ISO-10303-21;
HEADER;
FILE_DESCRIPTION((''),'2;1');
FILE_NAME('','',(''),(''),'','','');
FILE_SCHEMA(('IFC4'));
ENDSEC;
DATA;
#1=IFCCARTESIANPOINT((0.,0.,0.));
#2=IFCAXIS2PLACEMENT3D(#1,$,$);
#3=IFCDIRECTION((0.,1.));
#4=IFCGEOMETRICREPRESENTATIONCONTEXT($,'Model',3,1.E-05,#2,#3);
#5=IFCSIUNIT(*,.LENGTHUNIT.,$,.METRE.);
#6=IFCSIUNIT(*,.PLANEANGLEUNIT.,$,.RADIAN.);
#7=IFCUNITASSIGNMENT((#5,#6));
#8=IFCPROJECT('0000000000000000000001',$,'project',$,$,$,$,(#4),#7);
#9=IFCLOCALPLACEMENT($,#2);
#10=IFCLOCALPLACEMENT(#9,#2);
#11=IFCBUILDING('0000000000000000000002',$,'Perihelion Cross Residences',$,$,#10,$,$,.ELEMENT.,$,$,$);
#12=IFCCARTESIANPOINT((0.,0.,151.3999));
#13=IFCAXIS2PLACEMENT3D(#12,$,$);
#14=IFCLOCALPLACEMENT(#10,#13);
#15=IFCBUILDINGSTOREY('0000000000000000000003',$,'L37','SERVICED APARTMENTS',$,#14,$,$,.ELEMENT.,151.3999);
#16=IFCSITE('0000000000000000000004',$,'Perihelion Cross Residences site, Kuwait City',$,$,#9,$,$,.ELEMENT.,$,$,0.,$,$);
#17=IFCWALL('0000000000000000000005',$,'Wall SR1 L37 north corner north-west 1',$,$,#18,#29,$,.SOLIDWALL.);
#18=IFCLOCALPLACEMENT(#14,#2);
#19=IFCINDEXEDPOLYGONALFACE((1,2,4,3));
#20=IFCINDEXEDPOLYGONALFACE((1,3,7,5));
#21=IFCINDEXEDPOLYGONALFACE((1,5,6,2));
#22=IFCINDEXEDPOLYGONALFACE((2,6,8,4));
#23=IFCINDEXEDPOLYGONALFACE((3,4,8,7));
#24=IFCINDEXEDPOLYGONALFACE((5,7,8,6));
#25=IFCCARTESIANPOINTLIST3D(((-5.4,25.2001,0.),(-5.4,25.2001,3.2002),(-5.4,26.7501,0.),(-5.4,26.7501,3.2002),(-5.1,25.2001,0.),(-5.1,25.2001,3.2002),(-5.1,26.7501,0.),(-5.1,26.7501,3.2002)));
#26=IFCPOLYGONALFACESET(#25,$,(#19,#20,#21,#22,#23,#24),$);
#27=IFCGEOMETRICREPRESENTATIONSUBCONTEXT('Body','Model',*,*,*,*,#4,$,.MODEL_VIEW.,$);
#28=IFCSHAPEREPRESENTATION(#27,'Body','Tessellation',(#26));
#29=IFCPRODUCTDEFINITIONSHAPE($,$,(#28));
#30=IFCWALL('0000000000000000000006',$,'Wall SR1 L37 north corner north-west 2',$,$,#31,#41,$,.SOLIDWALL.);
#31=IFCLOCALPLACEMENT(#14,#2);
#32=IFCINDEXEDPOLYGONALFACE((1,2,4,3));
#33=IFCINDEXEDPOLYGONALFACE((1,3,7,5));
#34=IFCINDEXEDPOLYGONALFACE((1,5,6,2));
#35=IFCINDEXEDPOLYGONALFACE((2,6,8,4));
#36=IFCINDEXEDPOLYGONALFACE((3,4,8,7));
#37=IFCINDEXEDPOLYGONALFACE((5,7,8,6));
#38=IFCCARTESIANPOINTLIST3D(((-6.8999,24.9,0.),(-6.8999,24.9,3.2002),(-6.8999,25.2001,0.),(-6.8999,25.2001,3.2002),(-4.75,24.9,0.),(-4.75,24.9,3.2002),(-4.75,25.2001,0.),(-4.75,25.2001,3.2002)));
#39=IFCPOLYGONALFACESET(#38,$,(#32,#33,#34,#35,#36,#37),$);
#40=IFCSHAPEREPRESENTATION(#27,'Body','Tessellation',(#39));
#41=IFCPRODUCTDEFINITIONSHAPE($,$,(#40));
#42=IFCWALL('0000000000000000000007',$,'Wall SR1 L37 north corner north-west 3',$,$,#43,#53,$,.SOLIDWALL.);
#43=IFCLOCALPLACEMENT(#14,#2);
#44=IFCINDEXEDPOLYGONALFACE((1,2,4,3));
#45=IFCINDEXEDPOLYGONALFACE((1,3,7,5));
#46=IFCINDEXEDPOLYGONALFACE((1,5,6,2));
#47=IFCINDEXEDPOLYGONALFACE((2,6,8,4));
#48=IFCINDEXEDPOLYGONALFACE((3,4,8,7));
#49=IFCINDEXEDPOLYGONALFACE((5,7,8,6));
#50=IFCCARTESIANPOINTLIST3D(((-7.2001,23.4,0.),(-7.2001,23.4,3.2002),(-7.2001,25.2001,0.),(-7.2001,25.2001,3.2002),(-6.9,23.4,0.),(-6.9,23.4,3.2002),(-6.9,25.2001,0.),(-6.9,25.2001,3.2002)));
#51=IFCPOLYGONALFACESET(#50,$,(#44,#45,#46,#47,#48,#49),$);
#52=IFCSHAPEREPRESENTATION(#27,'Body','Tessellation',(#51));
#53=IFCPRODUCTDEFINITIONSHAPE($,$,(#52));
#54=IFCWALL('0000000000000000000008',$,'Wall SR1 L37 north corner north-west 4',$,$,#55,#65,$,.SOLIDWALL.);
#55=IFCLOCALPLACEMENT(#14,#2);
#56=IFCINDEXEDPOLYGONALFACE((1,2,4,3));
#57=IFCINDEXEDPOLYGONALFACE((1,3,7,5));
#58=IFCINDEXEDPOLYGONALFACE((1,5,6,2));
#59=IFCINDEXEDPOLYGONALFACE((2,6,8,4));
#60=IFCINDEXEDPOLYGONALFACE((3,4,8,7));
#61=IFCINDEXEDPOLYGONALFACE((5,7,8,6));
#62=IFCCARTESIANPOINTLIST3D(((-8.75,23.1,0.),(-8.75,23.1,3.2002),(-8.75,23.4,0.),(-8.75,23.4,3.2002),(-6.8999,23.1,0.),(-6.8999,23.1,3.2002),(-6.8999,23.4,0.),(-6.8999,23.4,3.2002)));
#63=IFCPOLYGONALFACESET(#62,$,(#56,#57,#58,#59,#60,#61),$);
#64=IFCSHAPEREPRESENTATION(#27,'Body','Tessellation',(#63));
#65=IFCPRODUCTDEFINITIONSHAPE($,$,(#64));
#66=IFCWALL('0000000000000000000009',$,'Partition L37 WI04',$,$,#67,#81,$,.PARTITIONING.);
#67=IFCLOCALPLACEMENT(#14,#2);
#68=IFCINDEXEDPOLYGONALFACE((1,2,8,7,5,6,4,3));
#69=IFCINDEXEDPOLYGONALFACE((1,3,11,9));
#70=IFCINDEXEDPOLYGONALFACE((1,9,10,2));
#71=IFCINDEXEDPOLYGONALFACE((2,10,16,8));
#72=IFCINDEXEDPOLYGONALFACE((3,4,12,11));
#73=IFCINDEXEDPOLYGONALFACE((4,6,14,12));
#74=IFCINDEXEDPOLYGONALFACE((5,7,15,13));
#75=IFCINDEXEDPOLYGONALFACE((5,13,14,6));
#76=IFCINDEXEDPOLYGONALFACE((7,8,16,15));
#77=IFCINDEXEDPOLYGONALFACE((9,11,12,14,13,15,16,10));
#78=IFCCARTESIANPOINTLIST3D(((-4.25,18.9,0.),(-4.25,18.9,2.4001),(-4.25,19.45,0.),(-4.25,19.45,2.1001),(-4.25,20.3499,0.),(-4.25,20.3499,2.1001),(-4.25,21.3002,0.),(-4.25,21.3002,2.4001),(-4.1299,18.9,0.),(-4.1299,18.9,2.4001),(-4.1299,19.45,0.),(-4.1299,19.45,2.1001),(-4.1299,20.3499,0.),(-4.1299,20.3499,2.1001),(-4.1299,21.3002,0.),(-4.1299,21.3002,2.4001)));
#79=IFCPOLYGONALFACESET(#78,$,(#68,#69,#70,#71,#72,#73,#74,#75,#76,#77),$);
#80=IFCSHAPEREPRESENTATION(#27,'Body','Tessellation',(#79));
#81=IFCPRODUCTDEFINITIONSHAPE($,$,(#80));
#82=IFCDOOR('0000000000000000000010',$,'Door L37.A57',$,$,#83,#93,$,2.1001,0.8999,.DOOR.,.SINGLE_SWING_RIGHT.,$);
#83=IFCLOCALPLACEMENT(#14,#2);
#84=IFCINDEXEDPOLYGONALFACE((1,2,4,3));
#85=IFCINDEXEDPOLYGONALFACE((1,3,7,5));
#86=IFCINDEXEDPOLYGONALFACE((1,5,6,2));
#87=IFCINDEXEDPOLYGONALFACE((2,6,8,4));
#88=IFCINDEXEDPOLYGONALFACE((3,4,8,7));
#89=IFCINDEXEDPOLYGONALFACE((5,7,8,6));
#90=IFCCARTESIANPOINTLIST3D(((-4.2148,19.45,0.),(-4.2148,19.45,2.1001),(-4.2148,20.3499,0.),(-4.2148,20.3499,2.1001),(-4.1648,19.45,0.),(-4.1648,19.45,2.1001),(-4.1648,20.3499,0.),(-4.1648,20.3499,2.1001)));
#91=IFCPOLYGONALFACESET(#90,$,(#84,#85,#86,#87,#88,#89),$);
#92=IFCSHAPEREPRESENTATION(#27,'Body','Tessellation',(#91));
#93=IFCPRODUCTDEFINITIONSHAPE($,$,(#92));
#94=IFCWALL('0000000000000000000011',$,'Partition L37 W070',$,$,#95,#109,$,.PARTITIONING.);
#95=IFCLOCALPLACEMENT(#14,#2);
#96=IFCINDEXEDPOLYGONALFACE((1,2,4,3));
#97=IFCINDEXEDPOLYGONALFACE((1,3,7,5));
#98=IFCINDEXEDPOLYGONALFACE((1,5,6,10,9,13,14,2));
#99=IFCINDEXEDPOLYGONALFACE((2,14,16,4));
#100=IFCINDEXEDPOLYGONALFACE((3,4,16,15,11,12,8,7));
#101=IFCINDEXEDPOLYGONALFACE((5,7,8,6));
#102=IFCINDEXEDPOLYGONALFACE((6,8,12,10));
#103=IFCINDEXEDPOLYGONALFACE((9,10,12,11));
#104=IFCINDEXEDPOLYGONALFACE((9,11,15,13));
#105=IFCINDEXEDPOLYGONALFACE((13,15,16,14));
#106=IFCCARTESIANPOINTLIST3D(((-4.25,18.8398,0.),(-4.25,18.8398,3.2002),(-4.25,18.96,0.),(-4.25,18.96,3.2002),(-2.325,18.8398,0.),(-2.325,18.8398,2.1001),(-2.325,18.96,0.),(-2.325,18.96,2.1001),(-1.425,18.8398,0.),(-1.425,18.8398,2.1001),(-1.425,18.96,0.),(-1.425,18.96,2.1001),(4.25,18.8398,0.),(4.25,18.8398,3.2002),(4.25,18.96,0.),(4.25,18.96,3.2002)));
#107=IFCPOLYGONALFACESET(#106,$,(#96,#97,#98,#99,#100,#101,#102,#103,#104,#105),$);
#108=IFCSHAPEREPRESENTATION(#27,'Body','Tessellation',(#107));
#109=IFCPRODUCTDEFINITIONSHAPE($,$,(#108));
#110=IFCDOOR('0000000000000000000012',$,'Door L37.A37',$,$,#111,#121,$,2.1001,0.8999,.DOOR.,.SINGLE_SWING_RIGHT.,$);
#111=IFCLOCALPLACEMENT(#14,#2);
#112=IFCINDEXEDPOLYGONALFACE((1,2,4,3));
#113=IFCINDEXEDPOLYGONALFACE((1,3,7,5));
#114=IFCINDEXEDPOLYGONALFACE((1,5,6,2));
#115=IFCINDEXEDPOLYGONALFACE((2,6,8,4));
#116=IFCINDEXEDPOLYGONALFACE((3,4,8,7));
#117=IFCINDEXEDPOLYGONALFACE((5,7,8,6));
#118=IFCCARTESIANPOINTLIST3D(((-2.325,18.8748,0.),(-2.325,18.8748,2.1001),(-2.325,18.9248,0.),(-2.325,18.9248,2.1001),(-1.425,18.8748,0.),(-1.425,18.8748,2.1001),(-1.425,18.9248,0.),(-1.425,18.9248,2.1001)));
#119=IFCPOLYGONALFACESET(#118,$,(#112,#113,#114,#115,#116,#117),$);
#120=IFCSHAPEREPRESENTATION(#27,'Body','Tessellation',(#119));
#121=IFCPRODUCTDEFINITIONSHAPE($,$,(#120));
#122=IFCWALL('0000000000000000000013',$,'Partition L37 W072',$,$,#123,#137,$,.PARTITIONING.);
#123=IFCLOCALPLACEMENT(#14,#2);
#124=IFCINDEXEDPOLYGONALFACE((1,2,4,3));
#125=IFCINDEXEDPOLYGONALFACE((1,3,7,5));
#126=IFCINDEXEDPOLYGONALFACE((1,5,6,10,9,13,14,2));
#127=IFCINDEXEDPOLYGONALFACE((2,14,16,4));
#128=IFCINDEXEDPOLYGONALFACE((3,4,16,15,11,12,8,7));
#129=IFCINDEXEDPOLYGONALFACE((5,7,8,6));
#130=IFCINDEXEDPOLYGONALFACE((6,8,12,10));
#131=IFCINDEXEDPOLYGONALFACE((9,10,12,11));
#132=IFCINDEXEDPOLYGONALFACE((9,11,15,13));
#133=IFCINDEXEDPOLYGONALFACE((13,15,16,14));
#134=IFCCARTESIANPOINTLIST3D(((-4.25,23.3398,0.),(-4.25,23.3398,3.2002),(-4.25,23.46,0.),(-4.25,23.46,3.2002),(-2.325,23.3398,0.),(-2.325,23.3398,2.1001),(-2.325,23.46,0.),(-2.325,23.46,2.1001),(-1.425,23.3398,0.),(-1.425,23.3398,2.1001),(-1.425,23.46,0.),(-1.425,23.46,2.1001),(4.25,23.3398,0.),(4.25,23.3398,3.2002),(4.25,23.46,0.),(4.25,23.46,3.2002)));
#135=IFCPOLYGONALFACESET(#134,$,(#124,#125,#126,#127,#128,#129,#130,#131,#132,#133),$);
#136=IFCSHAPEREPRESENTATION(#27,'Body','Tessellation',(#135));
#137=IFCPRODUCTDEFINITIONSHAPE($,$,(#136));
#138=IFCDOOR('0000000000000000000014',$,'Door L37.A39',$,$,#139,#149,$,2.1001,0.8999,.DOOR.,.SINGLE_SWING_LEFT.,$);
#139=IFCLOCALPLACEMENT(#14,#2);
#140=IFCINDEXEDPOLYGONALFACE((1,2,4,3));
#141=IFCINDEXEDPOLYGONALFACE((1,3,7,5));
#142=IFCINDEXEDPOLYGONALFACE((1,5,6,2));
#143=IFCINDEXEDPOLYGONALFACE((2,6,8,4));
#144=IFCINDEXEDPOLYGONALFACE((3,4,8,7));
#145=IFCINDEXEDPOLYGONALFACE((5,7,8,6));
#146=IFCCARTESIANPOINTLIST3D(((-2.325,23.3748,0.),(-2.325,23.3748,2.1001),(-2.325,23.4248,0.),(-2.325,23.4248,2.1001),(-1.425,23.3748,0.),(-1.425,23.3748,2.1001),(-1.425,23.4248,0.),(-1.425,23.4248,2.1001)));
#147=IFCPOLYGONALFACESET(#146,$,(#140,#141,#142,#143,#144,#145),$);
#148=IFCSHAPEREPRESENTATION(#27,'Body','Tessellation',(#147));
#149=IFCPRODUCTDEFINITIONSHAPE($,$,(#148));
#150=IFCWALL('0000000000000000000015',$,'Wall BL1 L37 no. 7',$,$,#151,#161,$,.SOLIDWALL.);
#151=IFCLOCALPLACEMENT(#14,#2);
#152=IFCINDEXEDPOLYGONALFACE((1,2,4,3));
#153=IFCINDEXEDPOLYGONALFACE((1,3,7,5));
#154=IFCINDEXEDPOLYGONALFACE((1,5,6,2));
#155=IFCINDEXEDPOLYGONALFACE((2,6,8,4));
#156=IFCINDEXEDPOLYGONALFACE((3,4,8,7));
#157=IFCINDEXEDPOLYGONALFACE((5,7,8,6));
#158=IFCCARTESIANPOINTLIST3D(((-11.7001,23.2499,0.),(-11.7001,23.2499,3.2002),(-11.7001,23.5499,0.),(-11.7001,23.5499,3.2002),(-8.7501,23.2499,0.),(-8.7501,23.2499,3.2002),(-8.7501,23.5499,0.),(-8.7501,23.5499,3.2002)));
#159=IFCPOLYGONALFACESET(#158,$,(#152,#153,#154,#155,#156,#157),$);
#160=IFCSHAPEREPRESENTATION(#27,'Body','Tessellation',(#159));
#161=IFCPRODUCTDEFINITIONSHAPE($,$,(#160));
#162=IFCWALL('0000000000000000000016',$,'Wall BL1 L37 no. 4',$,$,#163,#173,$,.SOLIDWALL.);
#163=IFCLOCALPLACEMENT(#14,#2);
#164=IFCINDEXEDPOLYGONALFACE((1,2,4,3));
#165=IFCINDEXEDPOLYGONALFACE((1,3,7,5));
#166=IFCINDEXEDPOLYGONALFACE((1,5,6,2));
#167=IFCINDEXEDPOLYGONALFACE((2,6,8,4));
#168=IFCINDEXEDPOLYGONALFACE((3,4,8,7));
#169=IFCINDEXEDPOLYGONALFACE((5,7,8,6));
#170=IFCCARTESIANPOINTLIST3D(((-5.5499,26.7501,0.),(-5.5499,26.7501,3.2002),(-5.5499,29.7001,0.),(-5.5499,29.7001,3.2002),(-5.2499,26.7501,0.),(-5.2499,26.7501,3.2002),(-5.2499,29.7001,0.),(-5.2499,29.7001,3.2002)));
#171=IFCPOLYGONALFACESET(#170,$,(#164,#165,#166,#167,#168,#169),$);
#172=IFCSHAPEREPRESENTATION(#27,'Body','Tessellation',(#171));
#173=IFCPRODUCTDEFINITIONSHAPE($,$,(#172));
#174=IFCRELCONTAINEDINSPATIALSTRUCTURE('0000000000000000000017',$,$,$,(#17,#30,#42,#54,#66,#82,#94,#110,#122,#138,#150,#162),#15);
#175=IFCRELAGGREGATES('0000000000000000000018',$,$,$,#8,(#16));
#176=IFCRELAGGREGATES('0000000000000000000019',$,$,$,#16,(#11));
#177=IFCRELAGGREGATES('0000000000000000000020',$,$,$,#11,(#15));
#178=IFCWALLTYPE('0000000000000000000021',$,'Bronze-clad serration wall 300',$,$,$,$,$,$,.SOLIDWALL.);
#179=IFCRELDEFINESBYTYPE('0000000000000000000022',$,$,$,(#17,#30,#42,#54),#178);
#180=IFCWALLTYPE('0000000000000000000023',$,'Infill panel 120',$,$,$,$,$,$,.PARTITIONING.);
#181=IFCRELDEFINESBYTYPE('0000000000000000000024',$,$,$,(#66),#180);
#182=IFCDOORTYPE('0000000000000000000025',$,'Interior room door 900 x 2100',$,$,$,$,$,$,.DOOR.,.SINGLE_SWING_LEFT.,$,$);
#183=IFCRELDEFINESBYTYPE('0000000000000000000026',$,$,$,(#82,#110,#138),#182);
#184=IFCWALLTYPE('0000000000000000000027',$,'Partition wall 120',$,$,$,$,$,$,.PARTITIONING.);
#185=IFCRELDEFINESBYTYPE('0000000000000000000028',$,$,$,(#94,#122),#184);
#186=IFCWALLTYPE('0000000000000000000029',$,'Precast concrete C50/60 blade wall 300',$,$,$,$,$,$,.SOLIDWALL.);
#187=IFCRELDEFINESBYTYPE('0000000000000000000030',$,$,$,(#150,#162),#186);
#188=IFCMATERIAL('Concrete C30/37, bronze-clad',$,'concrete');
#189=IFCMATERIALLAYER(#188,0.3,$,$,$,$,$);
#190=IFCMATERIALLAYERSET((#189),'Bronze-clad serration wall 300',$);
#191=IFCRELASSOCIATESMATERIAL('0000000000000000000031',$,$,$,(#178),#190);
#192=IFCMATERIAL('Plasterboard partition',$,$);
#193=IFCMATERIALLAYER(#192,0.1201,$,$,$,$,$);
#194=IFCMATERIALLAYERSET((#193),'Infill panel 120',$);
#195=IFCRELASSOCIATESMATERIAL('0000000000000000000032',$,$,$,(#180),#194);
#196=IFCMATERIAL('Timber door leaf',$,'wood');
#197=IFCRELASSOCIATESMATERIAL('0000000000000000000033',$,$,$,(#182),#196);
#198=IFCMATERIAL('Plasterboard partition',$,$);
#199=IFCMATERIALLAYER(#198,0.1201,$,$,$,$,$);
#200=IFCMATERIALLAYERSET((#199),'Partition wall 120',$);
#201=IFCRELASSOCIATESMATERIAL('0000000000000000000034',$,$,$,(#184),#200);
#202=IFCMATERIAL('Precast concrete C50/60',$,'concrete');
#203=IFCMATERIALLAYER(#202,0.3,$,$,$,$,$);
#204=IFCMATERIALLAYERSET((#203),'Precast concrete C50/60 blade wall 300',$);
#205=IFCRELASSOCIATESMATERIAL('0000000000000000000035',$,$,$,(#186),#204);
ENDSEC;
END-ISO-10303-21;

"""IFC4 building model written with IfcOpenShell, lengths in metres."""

from ifc_helpers import new_model, si_unit, direction, frame, frame_2d, origin, place, context, subcontext, project, spatial, rectangle, extrude, material, layer, layer_set, type_object, element, fill, save


model = new_model("IFC4")

# Units and contexts
model_context = context("Model", 3, precision=1e-05, world=origin(), true_north=direction((0.0, 1.0)))
body_context = subcontext(model_context, "Body", "Model", "MODEL_VIEW")
ifc_project = project(units=[si_unit("LENGTHUNIT", "METRE"), si_unit("PLANEANGLEUNIT", "RADIAN")], contexts=[model_context])

# Site, building, storey
site_placement = place(None, origin())
site = spatial("IfcSite", under=ifc_project, at=site_placement, Name="Perihelion Cross Residences site, Kuwait City", CompositionType="ELEMENT", RefElevation=0.0)
building_placement = place(site_placement, origin())
building = spatial("IfcBuilding", under=site, at=building_placement, Name="Perihelion Cross Residences", CompositionType="ELEMENT")
storey_placement = place(building_placement, frame((0.0, 0.0, 151.3999)))
storey = spatial("IfcBuildingStorey", under=building, at=storey_placement, Name="L37", Description="SERVICED APARTMENTS", CompositionType="ELEMENT", Elevation=151.3999)

# Walls
ifc_material_1 = material(Name="Concrete C30/37, bronze-clad", Category="concrete")
ifc_layer_1 = layer(ifc_material_1, 0.3)
ifc_layer_set_1 = layer_set([ifc_layer_1], Name="Bronze-clad serration wall 300")
wall_type_1 = type_object("IfcWallType", Name="Bronze-clad serration wall 300", PredefinedType="SOLIDWALL", material=ifc_layer_set_1)
wall_1_placement = place(storey_placement, frame((-5.25, 26.75, 0.0), z_axis=(0.0, 0.0, 1.0), x_axis=(0.0, -1.0, 0.0)))
element("IfcWall", 1, at=wall_1_placement, inside=storey, type_object=wall_type_1, Name="Wall SR1 L37 north corner north-west 1", PredefinedType="SOLIDWALL", context=body_context, shape_type="SweptSolid", body=[
    extrude(rectangle(XDim=1.55, YDim=0.3, at=frame_2d((0.7749, 0.0))), origin(), (0.0, 0.0, 1.0), 3.2002),
])
wall_2_placement = place(storey_placement, frame((-4.75, 25.05, 0.0), z_axis=(0.0, 0.0, 1.0), x_axis=(-1.0, 0.0, 0.0)))
element("IfcWall", 2, at=wall_2_placement, inside=storey, type_object=wall_type_1, Name="Wall SR1 L37 north corner north-west 2", PredefinedType="SOLIDWALL", context=body_context, shape_type="SweptSolid", body=[
    extrude(rectangle(XDim=2.1499, YDim=0.3, at=frame_2d((1.075, 0.0))), origin(), (0.0, 0.0, 1.0), 3.2002),
])
wall_3_placement = place(storey_placement, frame((-7.05, 25.2, 0.0), z_axis=(0.0, 0.0, 1.0), x_axis=(0.0, -1.0, 0.0)))
element("IfcWall", 3, at=wall_3_placement, inside=storey, type_object=wall_type_1, Name="Wall SR1 L37 north corner north-west 3", PredefinedType="SOLIDWALL", context=body_context, shape_type="SweptSolid", body=[
    extrude(rectangle(XDim=1.8, YDim=0.3, at=frame_2d((0.8999, 0.0))), origin(), (0.0, 0.0, 1.0), 3.2002),
])
wall_4_placement = place(storey_placement, frame((-6.8999, 23.25, 0.0), z_axis=(0.0, 0.0, 1.0), x_axis=(-1.0, 0.0, 0.0)))
element("IfcWall", 4, at=wall_4_placement, inside=storey, type_object=wall_type_1, Name="Wall SR1 L37 north corner north-west 4", PredefinedType="SOLIDWALL", context=body_context, shape_type="SweptSolid", body=[
    extrude(rectangle(XDim=1.8501, YDim=0.3, at=frame_2d((0.925, 0.0))), origin(), (0.0, 0.0, 1.0), 3.2002),
])

# Walls, openings, doors
ifc_material_2 = material(Name="Plasterboard partition")
ifc_layer_2 = layer(ifc_material_2, 0.1201)
ifc_layer_set_2 = layer_set([ifc_layer_2], Name="Infill panel 120")
wall_type_2 = type_object("IfcWallType", Name="Infill panel 120", PredefinedType="PARTITIONING", material=ifc_layer_set_2)
wall_5_placement = place(storey_placement, frame((-4.1899, 18.8999, 0.0), z_axis=(0.0, 0.0, 1.0), x_axis=(0.0, 1.0, 0.0)))
wall_5 = element("IfcWall", 5, at=wall_5_placement, inside=storey, type_object=wall_type_2, Name="Partition L37 WI04", PredefinedType="PARTITIONING", context=body_context, shape_type="SweptSolid", body=[
    extrude(rectangle(XDim=2.4001, YDim=0.1201, at=frame_2d((1.2002, 0.0))), origin(), (0.0, 0.0, 1.0), 2.4001),
])
opening_1_placement = place(wall_5_placement, frame((0.55, 0.0, 0.0)))
opening_1 = element("IfcOpeningElement", 6, at=opening_1_placement, cuts=wall_5, PredefinedType="OPENING", context=body_context, shape_type="SweptSolid", body=[
    extrude(rectangle(XDim=0.8999, YDim=2.1001, at=frame_2d((0.45, 1.05))), frame((0.0, 0.0701, 0.0), z_axis=(0.0, -1.0, 0.0), x_axis=(1.0, 0.0, 0.0)), (0.0, 0.0, 1.0), 0.1401),
])
ifc_material_3 = material(Name="Timber door leaf", Category="wood")
door_type_1 = type_object("IfcDoorType", Name="Interior room door 900 x 2100", OperationType="SINGLE_SWING_LEFT", PredefinedType="DOOR", material=ifc_material_3)
door_1_placement = place(opening_1_placement, origin())
door_1 = element("IfcDoor", 7, at=door_1_placement, inside=storey, type_object=door_type_1, Name="Door L37.A57", OperationType="SINGLE_SWING_RIGHT", OverallHeight=2.1001, OverallWidth=0.8999, PredefinedType="DOOR", context=body_context, shape_type="SweptSolid", body=[
    extrude(rectangle(XDim=0.8999, YDim=2.1001, at=frame_2d((0.45, 1.05))), frame((0.0, 0.0249, 0.0), z_axis=(0.0, -1.0, 0.0), x_axis=(1.0, 0.0, 0.0)), (0.0, 0.0, 1.0), 0.05),
])
fill(opening_1, door_1)
ifc_material_4 = material(Name="Plasterboard partition")
ifc_layer_3 = layer(ifc_material_4, 0.1201)
ifc_layer_set_3 = layer_set([ifc_layer_3], Name="Partition wall 120")
wall_type_3 = type_object("IfcWallType", Name="Partition wall 120", PredefinedType="PARTITIONING", material=ifc_layer_set_3)
wall_6_placement = place(storey_placement, frame((-4.25, 18.8999, 0.0), z_axis=(0.0, 0.0, 1.0), x_axis=(1.0, 0.0, 0.0)))
wall_6 = element("IfcWall", 8, at=wall_6_placement, inside=storey, type_object=wall_type_3, Name="Partition L37 W070", PredefinedType="PARTITIONING", context=body_context, shape_type="SweptSolid", body=[
    extrude(rectangle(XDim=8.5, YDim=0.1201, at=frame_2d((4.25, 0.0))), origin(), (0.0, 0.0, 1.0), 3.2002),
])
opening_2_placement = place(wall_6_placement, frame((1.925, 0.0, 0.0)))
opening_2 = element("IfcOpeningElement", 9, at=opening_2_placement, cuts=wall_6, PredefinedType="OPENING", context=body_context, shape_type="SweptSolid", body=[
    extrude(rectangle(XDim=0.8999, YDim=2.1001, at=frame_2d((0.45, 1.05))), frame((0.0, 0.0701, 0.0), z_axis=(0.0, -1.0, 0.0), x_axis=(1.0, 0.0, 0.0)), (0.0, 0.0, 1.0), 0.1401),
])
door_2_placement = place(opening_2_placement, origin())
door_2 = element("IfcDoor", 10, at=door_2_placement, inside=storey, type_object=door_type_1, Name="Door L37.A37", OperationType="SINGLE_SWING_RIGHT", OverallHeight=2.1001, OverallWidth=0.8999, PredefinedType="DOOR", context=body_context, shape_type="SweptSolid", body=[
    extrude(rectangle(XDim=0.8999, YDim=2.1001, at=frame_2d((0.45, 1.05))), frame((0.0, 0.0249, 0.0), z_axis=(0.0, -1.0, 0.0), x_axis=(1.0, 0.0, 0.0)), (0.0, 0.0, 1.0), 0.05),
])
fill(opening_2, door_2)
wall_7_placement = place(storey_placement, frame((-4.25, 23.3999, 0.0), z_axis=(0.0, 0.0, 1.0), x_axis=(1.0, 0.0, 0.0)))
wall_7 = element("IfcWall", 11, at=wall_7_placement, inside=storey, type_object=wall_type_3, Name="Partition L37 W072", PredefinedType="PARTITIONING", context=body_context, shape_type="SweptSolid", body=[
    extrude(rectangle(XDim=8.5, YDim=0.1201, at=frame_2d((4.25, 0.0))), origin(), (0.0, 0.0, 1.0), 3.2002),
])
opening_3_placement = place(wall_7_placement, frame((1.925, 0.0, 0.0)))
opening_3 = element("IfcOpeningElement", 12, at=opening_3_placement, cuts=wall_7, PredefinedType="OPENING", context=body_context, shape_type="SweptSolid", body=[
    extrude(rectangle(XDim=0.8999, YDim=2.1001, at=frame_2d((0.45, 1.05))), frame((0.0, 0.0701, 0.0), z_axis=(0.0, -1.0, 0.0), x_axis=(1.0, 0.0, 0.0)), (0.0, 0.0, 1.0), 0.1401),
])
door_3_placement = place(opening_3_placement, origin())
door_3 = element("IfcDoor", 13, at=door_3_placement, inside=storey, type_object=door_type_1, Name="Door L37.A39", OperationType="SINGLE_SWING_LEFT", OverallHeight=2.1001, OverallWidth=0.8999, PredefinedType="DOOR", context=body_context, shape_type="SweptSolid", body=[
    extrude(rectangle(XDim=0.8999, YDim=2.1001, at=frame_2d((0.45, 1.05))), frame((0.0, 0.0249, 0.0), z_axis=(0.0, -1.0, 0.0), x_axis=(1.0, 0.0, 0.0)), (0.0, 0.0, 1.0), 0.05),
])
fill(opening_3, door_3)

# Walls
ifc_material_5 = material(Name="Precast concrete C50/60", Category="concrete")
ifc_layer_4 = layer(ifc_material_5, 0.3)
ifc_layer_set_4 = layer_set([ifc_layer_4], Name="Precast concrete C50/60 blade wall 300")
wall_type_4 = type_object("IfcWallType", Name="Precast concrete C50/60 blade wall 300", PredefinedType="SOLIDWALL", material=ifc_layer_set_4)
for number, where, z_axis, x_axis, name in (
    (14, (-8.75, 23.3999, 0.0), (0.0, 0.0, 1.0), (-1.0, 0.0, 0.0), "Wall BL1 L37 no. 7"),
    (15, (-5.3999, 26.75, 0.0), (0.0, 0.0, 1.0), (0.0, 1.0, 0.0), "Wall BL1 L37 no. 4"),
):
    element("IfcWall", number, at=place(storey_placement, frame(where, z_axis=z_axis, x_axis=x_axis)), inside=storey, type_object=wall_type_4, Name=name, PredefinedType="SOLIDWALL", context=body_context, shape_type="SweptSolid", body=[
        extrude(rectangle(XDim=2.95, YDim=0.3, at=frame_2d((1.4751, 0.0))), origin(), (0.0, 0.0, 1.0), 3.2002),
    ])

save(model, "model.ifc")
